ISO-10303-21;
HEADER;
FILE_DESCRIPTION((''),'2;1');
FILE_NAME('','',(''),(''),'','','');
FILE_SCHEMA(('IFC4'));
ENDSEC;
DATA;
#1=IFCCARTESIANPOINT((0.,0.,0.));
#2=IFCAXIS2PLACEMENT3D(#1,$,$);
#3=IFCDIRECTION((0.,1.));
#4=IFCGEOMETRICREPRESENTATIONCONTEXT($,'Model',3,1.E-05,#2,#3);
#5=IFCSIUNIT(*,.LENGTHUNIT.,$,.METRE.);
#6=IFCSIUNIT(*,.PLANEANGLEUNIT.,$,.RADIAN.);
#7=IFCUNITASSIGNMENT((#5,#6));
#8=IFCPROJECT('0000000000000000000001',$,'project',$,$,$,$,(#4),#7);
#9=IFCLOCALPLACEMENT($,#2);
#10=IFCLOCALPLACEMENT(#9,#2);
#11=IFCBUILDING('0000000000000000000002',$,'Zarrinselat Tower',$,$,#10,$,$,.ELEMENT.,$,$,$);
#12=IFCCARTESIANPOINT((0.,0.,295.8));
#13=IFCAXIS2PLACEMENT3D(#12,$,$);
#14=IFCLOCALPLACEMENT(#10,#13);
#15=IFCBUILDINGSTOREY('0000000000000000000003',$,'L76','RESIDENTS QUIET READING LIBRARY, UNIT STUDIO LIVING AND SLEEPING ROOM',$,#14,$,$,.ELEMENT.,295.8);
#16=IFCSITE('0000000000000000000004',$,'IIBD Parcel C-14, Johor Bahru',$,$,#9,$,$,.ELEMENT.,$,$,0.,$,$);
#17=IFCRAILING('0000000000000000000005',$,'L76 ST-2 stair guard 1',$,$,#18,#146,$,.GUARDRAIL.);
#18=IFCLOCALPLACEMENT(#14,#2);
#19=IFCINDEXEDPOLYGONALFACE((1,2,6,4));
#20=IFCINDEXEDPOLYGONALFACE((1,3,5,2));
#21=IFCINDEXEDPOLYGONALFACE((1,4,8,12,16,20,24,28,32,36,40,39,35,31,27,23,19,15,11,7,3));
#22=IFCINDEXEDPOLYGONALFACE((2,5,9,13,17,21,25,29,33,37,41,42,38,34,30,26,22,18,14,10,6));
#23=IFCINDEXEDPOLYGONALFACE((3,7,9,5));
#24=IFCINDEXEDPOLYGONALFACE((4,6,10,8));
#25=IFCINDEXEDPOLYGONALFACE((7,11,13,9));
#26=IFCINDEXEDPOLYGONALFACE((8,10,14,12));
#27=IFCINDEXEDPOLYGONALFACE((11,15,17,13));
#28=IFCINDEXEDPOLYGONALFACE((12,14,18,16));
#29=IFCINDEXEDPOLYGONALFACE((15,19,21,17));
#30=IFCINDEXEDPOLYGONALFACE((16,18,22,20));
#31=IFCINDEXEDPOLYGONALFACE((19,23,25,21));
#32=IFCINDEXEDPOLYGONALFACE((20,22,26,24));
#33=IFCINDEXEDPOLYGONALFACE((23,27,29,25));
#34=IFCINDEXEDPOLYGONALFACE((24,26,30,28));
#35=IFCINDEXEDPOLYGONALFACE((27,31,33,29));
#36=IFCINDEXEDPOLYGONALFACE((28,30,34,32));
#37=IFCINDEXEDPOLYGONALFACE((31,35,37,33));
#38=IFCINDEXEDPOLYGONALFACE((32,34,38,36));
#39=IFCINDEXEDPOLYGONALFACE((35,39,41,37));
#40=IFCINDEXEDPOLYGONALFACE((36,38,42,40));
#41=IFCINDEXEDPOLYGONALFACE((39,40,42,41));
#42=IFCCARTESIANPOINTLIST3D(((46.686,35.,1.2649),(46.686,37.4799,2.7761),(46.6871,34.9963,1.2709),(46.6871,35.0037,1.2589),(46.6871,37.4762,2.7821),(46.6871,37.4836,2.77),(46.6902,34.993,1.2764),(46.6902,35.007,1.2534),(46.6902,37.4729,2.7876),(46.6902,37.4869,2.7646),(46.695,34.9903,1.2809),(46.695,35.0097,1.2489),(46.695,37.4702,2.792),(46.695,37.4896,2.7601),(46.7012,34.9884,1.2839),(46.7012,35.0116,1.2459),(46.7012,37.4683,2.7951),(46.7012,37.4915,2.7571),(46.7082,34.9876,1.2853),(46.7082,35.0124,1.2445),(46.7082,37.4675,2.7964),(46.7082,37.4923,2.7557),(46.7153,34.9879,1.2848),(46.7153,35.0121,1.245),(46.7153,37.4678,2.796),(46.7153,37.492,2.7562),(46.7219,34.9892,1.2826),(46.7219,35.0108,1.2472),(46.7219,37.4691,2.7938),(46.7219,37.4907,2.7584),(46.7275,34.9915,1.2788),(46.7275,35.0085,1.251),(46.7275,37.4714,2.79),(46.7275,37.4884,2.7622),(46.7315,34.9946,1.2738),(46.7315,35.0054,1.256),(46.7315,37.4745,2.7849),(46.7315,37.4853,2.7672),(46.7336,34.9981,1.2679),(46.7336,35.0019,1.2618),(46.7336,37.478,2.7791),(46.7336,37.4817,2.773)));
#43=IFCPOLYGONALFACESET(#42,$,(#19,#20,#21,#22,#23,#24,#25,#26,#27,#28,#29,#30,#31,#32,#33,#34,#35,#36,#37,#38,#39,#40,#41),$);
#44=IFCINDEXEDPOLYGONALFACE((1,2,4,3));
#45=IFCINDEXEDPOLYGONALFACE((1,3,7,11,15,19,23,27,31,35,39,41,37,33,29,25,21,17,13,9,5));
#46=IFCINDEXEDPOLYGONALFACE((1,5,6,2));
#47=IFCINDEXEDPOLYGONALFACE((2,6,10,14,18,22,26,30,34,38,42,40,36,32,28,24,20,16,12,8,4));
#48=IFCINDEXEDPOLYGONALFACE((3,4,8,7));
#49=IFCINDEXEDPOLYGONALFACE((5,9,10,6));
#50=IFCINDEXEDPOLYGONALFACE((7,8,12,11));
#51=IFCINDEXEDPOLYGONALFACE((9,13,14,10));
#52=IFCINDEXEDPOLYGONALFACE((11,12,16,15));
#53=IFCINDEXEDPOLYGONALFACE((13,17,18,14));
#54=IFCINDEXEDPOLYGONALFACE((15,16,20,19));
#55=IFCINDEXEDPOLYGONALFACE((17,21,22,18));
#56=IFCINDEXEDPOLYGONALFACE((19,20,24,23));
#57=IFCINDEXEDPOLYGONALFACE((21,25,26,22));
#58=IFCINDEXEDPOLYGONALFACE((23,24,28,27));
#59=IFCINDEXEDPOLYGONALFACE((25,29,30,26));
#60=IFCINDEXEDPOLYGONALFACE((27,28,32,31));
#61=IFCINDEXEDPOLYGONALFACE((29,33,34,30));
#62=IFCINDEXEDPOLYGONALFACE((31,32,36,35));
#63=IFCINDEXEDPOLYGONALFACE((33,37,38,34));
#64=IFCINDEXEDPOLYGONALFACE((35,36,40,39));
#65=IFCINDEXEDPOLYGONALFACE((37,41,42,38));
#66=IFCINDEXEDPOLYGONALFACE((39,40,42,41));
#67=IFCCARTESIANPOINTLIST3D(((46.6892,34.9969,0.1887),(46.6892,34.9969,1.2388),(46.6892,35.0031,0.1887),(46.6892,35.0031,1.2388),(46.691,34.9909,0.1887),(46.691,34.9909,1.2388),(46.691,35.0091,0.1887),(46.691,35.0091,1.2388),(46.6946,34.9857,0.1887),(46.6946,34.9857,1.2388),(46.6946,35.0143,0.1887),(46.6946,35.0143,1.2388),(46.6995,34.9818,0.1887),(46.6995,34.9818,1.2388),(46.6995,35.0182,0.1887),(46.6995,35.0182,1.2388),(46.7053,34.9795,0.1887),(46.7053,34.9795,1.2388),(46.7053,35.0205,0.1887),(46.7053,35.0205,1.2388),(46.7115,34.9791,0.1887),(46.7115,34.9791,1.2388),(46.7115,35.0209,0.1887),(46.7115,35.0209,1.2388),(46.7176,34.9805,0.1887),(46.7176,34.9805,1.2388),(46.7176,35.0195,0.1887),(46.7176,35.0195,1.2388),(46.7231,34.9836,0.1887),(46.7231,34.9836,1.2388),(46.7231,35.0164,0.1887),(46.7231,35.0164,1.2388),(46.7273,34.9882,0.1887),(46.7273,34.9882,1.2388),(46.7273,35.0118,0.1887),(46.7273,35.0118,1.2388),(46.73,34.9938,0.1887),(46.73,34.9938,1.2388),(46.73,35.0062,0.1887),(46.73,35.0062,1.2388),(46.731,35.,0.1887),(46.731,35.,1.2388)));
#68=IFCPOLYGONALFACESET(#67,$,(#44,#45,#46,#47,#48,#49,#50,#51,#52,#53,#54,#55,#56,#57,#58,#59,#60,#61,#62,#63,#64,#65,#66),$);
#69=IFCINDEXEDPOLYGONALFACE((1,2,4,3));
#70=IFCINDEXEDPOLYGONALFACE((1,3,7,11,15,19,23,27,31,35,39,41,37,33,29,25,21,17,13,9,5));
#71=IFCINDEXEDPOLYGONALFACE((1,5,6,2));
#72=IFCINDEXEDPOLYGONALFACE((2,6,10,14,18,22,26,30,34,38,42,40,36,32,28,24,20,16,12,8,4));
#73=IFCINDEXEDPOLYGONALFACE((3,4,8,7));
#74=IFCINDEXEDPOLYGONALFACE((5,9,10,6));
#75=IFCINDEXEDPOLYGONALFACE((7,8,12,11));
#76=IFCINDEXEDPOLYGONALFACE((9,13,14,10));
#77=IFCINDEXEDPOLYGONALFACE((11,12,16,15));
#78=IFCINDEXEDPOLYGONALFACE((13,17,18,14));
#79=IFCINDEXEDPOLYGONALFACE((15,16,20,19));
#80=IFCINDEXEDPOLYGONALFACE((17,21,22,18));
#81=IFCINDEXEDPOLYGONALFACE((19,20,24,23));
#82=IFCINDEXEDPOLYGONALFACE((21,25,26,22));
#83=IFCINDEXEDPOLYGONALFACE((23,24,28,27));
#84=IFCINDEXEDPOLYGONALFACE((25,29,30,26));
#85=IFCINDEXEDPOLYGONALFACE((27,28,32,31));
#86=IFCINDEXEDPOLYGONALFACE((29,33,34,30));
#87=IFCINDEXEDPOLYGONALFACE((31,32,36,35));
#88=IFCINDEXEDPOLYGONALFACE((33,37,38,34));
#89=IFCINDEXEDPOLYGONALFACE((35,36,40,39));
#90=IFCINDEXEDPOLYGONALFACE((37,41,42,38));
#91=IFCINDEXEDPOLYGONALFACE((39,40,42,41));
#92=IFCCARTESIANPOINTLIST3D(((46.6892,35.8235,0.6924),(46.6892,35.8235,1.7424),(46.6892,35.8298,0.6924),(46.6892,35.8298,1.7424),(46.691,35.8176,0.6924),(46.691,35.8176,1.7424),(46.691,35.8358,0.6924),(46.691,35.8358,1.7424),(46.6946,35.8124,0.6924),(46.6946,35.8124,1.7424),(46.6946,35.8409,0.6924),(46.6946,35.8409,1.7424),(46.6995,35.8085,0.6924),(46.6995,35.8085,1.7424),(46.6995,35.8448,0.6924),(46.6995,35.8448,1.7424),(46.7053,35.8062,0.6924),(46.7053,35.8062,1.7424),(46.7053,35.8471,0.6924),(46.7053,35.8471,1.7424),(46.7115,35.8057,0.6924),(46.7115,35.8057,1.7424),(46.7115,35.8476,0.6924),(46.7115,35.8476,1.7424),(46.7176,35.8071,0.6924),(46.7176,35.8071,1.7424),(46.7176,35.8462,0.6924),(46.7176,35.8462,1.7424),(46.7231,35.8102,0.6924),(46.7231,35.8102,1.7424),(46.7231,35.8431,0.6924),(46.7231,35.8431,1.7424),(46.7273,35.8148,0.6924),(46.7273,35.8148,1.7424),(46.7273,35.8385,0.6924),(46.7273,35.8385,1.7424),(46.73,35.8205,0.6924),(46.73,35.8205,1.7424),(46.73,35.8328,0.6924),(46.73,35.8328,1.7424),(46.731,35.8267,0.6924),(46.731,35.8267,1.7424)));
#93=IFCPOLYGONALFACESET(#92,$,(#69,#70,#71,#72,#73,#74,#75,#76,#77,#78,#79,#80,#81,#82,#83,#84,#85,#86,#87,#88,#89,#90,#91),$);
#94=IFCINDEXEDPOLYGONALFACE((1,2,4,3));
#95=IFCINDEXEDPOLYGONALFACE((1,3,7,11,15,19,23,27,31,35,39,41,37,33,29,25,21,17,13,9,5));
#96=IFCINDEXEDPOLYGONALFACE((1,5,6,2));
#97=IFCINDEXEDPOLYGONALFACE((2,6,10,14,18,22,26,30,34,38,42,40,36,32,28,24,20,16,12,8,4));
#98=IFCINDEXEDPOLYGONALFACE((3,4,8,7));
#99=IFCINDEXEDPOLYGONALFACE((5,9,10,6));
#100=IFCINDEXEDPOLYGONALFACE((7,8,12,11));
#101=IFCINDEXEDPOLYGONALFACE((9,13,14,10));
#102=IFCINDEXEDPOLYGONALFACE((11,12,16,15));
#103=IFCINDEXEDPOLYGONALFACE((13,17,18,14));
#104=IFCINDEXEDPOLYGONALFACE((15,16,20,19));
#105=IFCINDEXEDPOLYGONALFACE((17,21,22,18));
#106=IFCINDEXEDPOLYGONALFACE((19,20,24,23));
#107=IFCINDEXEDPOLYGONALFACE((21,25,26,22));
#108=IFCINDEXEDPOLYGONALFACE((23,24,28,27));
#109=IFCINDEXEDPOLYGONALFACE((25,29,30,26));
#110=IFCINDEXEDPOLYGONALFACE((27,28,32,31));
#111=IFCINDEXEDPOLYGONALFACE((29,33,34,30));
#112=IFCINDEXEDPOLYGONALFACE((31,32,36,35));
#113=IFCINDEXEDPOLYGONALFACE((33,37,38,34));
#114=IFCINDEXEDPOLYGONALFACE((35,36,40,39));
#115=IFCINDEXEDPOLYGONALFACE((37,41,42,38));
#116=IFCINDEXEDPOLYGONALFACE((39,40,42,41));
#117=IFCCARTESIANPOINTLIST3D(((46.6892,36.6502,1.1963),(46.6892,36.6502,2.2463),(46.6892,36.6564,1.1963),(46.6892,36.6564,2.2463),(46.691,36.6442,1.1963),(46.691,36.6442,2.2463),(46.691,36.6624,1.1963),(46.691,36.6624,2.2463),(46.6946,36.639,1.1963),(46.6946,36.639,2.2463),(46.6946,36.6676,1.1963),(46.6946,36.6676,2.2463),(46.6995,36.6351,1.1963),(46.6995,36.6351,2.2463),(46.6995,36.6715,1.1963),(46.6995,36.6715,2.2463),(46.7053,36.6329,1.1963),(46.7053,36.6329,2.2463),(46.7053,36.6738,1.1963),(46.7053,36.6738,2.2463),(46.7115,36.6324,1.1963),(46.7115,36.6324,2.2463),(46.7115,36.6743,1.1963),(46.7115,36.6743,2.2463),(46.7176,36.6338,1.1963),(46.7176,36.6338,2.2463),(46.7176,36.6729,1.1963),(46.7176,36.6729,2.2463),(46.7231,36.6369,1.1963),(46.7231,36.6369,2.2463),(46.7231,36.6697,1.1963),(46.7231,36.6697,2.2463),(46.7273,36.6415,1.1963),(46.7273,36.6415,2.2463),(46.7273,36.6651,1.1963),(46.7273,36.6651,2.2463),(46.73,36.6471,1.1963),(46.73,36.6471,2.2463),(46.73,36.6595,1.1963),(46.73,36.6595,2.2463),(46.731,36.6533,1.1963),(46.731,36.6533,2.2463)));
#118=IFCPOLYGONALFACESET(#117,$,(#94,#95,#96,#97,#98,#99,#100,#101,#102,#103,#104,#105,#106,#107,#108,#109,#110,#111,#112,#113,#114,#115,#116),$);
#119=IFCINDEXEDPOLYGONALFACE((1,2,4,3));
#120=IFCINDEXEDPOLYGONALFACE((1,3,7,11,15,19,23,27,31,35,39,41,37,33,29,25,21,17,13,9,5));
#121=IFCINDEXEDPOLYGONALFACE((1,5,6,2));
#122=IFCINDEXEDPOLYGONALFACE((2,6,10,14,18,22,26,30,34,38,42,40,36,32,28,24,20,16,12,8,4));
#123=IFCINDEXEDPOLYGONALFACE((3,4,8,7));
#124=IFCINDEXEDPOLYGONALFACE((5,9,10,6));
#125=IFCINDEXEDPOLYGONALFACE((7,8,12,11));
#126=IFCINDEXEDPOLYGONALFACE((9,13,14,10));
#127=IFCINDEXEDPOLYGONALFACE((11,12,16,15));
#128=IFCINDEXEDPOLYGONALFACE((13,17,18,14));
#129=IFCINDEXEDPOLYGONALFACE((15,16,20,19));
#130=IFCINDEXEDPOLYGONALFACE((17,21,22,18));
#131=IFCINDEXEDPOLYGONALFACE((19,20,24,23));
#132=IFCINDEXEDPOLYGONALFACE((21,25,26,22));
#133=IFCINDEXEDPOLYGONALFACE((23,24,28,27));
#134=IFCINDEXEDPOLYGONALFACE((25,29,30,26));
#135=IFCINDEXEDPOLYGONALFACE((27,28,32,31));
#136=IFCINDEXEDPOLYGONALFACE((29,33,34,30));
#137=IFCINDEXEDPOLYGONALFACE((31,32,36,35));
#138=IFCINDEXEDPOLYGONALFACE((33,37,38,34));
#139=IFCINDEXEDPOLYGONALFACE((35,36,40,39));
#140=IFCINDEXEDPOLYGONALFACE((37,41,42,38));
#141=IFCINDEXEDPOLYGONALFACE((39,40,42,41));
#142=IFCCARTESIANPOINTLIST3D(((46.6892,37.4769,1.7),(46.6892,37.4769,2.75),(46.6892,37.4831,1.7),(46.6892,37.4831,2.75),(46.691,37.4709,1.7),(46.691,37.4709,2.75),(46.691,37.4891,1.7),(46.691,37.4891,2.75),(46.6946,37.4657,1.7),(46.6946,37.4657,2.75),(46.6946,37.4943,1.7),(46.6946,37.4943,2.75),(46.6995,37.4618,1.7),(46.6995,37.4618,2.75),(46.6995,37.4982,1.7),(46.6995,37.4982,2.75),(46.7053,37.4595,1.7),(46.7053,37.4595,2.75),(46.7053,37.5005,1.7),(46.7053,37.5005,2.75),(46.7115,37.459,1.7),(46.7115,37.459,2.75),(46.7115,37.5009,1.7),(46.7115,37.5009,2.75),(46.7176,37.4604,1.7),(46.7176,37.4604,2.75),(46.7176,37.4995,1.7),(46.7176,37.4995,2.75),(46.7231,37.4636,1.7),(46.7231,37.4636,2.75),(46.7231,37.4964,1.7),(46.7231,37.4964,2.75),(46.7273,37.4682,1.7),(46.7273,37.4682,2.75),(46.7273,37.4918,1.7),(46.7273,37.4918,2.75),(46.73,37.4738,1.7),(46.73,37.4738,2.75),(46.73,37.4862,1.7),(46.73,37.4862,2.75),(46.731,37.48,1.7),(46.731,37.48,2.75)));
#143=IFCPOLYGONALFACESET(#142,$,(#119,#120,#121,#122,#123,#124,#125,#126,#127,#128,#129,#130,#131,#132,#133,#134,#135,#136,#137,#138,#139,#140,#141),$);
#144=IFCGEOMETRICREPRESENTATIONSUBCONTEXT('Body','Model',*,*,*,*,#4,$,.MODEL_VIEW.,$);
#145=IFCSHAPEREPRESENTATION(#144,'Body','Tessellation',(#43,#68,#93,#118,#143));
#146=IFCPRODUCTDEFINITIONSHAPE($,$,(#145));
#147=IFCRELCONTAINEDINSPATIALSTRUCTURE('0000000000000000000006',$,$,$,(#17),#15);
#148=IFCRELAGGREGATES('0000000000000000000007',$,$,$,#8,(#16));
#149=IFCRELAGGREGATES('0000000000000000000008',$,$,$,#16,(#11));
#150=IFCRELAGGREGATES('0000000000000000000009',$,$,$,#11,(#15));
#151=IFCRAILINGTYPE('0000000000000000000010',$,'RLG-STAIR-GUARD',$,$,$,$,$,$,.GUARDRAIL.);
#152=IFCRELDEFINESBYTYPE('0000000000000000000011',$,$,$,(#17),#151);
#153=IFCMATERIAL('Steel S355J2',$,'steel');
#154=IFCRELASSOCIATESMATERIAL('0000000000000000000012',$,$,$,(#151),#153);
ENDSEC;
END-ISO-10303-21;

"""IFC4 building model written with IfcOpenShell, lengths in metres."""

from ifc_helpers import new_model, si_unit, direction, frame, origin, origin_2d, place, context, subcontext, project, spatial, circle, extrude, material, type_object, element, save


model = new_model("IFC4")

# Units and contexts
model_context = context("Model", 3, precision=1e-05, world=origin(), true_north=direction((0.0, 1.0)))
body_context = subcontext(model_context, "Body", "Model", "MODEL_VIEW")
ifc_project = project(units=[si_unit("LENGTHUNIT", "METRE"), si_unit("PLANEANGLEUNIT", "RADIAN")], contexts=[model_context])

# Site, building, storey
site_placement = place(None, origin())
site = spatial("IfcSite", under=ifc_project, at=site_placement, Name="IIBD Parcel C-14, Johor Bahru", CompositionType="ELEMENT", RefElevation=0.0)
building_placement = place(site_placement, origin())
building = spatial("IfcBuilding", under=site, at=building_placement, Name="Zarrinselat Tower", CompositionType="ELEMENT")
storey_placement = place(building_placement, frame((0.0, 0.0, 295.8)))
storey = spatial("IfcBuildingStorey", under=building, at=storey_placement, Name="L76", Description="RESIDENTS QUIET READING LIBRARY, UNIT STUDIO LIVING AND SLEEPING ROOM", CompositionType="ELEMENT", Elevation=295.8)

# Railing
ifc_material_1 = material(Name="Steel S355J2", Category="steel")
railing_type_1 = type_object("IfcRailingType", Name="RLG-STAIR-GUARD", PredefinedType="GUARDRAIL", material=ifc_material_1)
railing_1_placement = place(storey_placement, frame((46.71, 35.0, 0.1887)))
element("IfcRailing", 1, at=railing_1_placement, inside=storey, type_object=railing_type_1, Name="L76 ST-2 stair guard 1", PredefinedType="GUARDRAIL", context=body_context, shape_type="SweptSolid", body=[
    extrude(circle(Radius=0.0239, at=origin_2d()), frame((0.0, 0.0, 1.0762), z_axis=(0.0, 0.853942, 0.520368), x_axis=(-1.0, 0.0, 0.0)), (0.0, 0.0, 1.0), 2.9041),
    extrude(circle(Radius=0.021, at=origin_2d()), origin(), (0.0, 0.0, 1.0), 1.05),
    extrude(circle(Radius=0.021, at=origin_2d()), frame((0.0, 0.8267, 0.5037)), (0.0, 0.0, 1.0), 1.05),
    extrude(circle(Radius=0.021, at=origin_2d()), frame((0.0, 1.6533, 1.0076)), (0.0, 0.0, 1.0), 1.05),
    extrude(circle(Radius=0.021, at=origin_2d()), frame((0.0, 2.48, 1.5112)), (0.0, 0.0, 1.0), 1.05),
])

save(model, "model.ifc")
